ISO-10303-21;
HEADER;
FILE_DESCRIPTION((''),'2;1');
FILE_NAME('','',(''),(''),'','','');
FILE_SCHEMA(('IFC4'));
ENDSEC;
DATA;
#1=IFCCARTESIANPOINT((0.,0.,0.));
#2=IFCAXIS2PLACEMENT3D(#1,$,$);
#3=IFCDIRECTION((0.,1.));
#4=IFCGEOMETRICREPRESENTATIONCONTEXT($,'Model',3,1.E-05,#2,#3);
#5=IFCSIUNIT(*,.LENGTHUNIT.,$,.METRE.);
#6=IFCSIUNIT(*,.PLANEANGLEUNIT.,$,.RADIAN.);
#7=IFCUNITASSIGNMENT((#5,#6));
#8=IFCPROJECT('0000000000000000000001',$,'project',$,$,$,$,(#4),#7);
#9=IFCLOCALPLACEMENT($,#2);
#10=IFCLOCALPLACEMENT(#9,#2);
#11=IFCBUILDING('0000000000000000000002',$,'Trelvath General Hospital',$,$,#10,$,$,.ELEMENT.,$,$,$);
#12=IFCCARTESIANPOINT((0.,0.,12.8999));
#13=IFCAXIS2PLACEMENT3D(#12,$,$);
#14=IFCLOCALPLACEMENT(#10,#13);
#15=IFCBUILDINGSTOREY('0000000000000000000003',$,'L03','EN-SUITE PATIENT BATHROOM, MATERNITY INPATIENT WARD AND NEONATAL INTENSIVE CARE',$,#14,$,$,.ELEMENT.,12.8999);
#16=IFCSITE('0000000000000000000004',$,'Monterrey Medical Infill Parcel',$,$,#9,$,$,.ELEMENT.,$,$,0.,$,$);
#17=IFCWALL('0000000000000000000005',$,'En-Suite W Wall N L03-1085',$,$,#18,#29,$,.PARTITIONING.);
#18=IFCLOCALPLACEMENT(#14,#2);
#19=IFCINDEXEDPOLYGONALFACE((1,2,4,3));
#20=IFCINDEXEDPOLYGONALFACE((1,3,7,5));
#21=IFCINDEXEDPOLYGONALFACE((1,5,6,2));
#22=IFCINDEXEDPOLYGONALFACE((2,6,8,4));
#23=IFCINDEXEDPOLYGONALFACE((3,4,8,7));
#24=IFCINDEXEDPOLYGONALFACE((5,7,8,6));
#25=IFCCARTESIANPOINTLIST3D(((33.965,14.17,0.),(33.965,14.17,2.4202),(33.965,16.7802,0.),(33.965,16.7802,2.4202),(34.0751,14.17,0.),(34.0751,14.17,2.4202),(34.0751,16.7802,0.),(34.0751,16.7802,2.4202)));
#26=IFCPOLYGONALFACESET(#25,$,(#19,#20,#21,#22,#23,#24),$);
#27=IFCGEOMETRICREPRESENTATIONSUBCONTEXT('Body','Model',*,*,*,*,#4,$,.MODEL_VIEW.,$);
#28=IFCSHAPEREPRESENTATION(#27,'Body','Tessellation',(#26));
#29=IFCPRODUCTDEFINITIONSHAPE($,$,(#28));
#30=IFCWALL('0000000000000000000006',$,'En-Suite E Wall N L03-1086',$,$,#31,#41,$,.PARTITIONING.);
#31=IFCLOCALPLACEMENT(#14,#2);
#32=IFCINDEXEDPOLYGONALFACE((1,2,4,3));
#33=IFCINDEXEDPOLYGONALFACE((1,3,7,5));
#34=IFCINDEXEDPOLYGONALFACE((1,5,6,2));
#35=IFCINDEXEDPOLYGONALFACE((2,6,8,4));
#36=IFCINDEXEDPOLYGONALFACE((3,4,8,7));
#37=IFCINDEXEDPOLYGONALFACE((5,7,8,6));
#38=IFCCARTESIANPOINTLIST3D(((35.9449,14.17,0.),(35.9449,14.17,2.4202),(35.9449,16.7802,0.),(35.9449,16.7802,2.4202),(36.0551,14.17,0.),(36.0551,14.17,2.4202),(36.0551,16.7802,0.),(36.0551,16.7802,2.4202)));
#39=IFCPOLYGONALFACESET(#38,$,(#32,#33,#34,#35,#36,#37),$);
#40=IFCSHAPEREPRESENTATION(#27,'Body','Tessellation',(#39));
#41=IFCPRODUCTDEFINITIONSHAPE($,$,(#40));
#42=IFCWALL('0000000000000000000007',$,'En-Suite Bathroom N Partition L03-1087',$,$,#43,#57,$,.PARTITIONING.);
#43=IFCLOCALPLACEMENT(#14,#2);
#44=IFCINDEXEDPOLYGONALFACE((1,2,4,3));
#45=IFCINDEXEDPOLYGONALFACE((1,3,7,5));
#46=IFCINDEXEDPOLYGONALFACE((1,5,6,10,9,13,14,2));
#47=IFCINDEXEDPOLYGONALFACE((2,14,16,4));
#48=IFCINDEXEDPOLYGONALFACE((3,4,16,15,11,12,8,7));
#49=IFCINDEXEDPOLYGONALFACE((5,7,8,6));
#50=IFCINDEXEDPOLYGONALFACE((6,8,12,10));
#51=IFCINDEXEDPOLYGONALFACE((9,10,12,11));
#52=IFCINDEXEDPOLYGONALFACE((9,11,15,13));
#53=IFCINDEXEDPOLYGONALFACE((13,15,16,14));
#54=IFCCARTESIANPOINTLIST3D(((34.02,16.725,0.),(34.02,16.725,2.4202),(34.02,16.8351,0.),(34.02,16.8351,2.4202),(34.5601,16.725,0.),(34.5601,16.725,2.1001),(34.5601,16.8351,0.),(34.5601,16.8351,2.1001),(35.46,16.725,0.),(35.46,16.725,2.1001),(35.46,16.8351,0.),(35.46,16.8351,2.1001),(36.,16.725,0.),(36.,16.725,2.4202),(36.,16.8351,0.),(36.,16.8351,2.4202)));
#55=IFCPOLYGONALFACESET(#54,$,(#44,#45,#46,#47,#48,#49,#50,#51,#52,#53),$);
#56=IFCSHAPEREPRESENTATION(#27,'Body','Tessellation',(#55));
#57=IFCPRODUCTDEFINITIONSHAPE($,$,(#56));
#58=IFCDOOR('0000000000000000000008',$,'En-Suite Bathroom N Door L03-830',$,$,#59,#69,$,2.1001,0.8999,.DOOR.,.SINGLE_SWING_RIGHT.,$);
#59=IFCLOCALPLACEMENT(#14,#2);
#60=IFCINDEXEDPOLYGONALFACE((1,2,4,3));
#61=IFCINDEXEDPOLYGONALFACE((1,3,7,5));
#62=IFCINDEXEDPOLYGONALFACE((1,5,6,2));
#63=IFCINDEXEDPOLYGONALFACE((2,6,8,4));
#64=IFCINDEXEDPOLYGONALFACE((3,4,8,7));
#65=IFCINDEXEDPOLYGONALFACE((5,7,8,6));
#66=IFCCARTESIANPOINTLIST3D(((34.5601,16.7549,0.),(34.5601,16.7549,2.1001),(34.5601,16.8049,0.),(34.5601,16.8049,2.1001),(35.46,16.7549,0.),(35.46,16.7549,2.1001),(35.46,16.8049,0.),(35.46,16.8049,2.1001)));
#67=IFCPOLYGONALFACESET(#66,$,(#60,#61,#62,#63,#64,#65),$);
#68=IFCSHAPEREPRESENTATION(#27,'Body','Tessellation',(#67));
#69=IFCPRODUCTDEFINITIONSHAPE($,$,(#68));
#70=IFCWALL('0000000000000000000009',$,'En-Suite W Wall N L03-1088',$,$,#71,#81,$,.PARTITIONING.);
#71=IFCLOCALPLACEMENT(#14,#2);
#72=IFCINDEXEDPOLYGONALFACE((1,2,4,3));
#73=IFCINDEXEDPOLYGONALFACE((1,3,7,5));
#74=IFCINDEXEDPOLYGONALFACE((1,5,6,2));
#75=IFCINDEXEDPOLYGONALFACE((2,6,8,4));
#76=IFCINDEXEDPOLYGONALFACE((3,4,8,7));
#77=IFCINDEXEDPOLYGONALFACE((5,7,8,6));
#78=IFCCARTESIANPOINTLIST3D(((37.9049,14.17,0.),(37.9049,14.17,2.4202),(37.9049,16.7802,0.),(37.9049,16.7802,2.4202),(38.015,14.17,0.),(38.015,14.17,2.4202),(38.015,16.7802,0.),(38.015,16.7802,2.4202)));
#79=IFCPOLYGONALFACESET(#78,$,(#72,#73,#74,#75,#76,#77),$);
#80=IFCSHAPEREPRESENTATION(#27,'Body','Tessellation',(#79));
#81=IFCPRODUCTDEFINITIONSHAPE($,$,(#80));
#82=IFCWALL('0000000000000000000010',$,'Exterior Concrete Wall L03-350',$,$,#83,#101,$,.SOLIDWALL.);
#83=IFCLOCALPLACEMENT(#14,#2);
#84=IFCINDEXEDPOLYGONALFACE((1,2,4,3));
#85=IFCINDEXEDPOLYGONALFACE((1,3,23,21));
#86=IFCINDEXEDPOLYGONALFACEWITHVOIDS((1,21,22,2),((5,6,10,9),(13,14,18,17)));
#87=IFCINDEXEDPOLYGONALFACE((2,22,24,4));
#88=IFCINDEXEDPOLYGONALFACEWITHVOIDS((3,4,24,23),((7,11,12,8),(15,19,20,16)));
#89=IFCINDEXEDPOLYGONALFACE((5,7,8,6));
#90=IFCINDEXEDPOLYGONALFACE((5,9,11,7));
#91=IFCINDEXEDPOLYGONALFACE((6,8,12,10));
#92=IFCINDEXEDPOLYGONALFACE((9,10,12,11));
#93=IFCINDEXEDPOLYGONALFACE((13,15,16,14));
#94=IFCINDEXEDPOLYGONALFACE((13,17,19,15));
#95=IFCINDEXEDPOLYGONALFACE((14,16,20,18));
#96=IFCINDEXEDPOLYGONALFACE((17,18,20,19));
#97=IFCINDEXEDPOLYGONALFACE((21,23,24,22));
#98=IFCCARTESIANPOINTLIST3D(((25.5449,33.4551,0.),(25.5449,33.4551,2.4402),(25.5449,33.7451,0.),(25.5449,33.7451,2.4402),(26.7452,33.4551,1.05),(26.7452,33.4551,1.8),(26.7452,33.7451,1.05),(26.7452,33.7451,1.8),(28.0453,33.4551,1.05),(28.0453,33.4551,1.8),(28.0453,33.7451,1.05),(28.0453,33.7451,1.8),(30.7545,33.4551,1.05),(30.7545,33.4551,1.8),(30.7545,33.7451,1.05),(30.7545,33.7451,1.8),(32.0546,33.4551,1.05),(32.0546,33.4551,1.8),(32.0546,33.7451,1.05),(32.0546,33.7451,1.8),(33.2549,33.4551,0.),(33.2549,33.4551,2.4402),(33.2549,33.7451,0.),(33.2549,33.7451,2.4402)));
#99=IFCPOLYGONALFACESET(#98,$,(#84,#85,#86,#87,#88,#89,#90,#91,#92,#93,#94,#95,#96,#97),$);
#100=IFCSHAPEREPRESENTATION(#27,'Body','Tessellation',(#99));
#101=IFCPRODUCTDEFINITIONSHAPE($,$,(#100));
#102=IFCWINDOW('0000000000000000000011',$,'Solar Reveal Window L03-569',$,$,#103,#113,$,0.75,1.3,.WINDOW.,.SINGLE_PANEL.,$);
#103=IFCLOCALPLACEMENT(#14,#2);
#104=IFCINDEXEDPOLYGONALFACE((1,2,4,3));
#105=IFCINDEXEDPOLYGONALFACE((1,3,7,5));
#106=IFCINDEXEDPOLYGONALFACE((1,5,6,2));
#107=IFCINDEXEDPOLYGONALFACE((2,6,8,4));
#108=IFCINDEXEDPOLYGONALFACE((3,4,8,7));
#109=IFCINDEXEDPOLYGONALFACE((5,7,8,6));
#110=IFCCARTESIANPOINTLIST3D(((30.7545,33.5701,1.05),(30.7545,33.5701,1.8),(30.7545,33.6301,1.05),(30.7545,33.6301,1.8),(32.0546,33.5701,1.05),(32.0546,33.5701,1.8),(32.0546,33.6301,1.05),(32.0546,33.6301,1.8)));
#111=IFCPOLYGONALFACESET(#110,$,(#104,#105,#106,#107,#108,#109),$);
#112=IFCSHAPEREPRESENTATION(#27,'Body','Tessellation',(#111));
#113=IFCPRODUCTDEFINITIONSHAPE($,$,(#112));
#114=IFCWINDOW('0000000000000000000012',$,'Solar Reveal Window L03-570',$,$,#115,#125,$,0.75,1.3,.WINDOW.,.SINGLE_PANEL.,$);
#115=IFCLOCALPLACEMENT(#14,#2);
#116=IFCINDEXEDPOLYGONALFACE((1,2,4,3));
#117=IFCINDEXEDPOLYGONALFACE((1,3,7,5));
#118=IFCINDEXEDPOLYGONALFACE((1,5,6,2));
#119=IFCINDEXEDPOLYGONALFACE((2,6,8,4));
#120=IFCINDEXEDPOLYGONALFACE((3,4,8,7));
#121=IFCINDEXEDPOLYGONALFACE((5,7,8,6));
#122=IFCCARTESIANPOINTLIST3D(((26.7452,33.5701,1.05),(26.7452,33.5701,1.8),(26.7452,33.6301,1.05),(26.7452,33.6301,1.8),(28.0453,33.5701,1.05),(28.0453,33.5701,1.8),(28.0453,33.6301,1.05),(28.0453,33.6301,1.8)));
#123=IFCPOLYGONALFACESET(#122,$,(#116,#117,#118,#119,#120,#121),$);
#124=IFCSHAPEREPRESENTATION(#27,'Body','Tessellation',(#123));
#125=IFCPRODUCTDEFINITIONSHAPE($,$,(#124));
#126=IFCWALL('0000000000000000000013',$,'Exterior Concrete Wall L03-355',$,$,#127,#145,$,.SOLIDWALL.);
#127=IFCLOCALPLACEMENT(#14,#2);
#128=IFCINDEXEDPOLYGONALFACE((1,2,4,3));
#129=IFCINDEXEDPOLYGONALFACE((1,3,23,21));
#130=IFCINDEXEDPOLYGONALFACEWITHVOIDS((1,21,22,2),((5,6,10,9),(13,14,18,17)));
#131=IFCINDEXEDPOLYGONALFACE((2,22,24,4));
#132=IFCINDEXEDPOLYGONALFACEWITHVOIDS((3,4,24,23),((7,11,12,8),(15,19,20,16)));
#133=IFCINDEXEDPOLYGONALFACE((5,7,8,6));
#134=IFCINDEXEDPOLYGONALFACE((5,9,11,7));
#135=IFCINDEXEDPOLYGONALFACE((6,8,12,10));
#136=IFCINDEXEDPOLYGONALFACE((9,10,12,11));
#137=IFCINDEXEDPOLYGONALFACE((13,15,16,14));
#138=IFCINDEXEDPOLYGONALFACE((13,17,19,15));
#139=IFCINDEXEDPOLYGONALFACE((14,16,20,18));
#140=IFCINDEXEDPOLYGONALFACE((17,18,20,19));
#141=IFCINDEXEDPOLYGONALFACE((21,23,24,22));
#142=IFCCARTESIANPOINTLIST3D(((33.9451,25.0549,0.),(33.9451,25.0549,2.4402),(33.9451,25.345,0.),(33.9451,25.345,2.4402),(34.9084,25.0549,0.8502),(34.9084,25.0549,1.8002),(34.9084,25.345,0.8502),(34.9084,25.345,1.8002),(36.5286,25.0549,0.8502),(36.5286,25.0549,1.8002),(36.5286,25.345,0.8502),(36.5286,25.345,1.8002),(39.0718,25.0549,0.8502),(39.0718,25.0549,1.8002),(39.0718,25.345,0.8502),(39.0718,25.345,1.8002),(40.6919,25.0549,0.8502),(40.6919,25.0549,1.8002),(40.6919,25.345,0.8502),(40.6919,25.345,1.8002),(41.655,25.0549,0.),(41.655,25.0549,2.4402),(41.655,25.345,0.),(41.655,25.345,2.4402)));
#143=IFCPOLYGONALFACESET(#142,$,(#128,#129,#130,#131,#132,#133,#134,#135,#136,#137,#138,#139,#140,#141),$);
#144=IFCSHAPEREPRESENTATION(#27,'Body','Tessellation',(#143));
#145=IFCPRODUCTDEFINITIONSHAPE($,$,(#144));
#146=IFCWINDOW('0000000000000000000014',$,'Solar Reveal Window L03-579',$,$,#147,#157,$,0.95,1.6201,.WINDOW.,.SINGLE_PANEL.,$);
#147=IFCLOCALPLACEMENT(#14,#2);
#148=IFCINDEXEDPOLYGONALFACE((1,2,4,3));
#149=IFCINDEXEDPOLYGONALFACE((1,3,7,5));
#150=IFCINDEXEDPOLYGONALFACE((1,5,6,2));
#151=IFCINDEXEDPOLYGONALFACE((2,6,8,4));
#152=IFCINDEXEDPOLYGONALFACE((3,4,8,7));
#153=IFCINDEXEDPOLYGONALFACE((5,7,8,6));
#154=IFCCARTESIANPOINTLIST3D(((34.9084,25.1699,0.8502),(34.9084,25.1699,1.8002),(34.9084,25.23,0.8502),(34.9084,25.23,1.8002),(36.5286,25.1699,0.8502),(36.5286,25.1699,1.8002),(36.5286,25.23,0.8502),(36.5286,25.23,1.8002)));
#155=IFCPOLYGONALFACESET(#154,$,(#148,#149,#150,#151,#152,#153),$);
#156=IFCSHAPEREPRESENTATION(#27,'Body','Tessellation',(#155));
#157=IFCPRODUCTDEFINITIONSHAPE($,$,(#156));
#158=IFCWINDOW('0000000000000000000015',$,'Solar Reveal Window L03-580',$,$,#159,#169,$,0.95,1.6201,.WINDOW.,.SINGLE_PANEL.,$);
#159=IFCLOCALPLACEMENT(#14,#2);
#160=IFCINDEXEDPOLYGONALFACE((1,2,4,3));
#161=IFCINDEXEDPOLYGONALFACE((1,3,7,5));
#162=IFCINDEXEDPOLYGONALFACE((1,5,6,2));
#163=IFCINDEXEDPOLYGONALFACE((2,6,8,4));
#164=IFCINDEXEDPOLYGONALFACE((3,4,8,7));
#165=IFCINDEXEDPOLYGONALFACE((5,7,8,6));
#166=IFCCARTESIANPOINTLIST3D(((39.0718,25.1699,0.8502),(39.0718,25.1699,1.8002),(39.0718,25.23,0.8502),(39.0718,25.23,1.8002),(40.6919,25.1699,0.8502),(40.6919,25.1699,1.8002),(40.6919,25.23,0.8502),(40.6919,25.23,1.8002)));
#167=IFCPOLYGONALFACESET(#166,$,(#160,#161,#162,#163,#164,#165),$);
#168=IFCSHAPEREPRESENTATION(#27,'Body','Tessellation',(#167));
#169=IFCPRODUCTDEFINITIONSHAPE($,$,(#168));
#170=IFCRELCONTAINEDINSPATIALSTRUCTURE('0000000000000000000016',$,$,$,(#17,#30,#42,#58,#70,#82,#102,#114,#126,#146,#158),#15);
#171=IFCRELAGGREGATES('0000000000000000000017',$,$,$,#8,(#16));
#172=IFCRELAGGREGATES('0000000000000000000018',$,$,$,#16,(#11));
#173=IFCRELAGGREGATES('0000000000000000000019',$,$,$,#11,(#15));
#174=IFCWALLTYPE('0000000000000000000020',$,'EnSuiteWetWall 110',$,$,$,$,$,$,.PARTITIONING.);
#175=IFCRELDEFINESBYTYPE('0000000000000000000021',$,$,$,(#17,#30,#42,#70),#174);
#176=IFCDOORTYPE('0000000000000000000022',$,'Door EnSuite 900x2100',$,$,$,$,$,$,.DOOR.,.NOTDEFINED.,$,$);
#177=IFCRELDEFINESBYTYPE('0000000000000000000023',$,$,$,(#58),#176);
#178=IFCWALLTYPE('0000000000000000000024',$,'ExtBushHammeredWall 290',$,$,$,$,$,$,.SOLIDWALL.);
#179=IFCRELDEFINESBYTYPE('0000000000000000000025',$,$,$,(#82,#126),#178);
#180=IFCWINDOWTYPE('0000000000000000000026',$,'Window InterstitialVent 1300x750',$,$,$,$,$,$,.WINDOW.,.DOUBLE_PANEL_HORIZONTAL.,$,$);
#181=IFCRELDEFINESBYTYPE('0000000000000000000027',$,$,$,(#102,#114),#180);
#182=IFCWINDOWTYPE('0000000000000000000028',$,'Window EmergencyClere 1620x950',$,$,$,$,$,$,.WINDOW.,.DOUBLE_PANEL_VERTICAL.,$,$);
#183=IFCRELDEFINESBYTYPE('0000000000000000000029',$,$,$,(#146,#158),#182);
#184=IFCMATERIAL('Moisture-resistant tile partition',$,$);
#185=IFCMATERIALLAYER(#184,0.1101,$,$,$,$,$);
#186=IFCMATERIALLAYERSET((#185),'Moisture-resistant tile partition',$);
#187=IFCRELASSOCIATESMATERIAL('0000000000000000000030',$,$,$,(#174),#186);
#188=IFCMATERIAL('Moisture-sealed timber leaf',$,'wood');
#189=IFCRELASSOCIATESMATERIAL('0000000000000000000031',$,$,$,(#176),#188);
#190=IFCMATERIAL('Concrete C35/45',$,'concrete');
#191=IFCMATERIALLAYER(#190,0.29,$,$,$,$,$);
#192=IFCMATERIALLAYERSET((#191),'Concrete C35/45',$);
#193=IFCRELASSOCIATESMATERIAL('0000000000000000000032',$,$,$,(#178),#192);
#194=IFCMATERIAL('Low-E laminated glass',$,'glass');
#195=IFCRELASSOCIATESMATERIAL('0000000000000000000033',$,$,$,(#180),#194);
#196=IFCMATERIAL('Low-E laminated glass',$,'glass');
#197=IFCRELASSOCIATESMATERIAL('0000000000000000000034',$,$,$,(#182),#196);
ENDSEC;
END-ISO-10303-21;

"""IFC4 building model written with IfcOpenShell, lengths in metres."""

from ifc_helpers import new_model, si_unit, direction, frame, frame_2d, origin, place, context, subcontext, project, spatial, rectangle, extrude, material, layer, layer_set, type_object, element, fill, save


model = new_model("IFC4")

# Units and contexts
model_context = context("Model", 3, precision=1e-05, world=origin(), true_north=direction((0.0, 1.0)))
body_context = subcontext(model_context, "Body", "Model", "MODEL_VIEW")
ifc_project = project(units=[si_unit("LENGTHUNIT", "METRE"), si_unit("PLANEANGLEUNIT", "RADIAN")], contexts=[model_context])

# Site, building, storey
site_placement = place(None, origin())
site = spatial("IfcSite", under=ifc_project, at=site_placement, Name="Monterrey Medical Infill Parcel", CompositionType="ELEMENT", RefElevation=0.0)
building_placement = place(site_placement, origin())
building = spatial("IfcBuilding", under=site, at=building_placement, Name="Trelvath General Hospital", CompositionType="ELEMENT")
storey_placement = place(building_placement, frame((0.0, 0.0, 12.8999)))
storey = spatial("IfcBuildingStorey", under=building, at=storey_placement, Name="L03", Description="EN-SUITE PATIENT BATHROOM, MATERNITY INPATIENT WARD AND NEONATAL INTENSIVE CARE", CompositionType="ELEMENT", Elevation=12.8999)

# Walls
ifc_material_1 = material(Name="Moisture-resistant tile partition")
ifc_layer_1 = layer(ifc_material_1, 0.1101)
ifc_layer_set_1 = layer_set([ifc_layer_1], Name="Moisture-resistant tile partition")
wall_type_1 = type_object("IfcWallType", Name="EnSuiteWetWall 110", PredefinedType="PARTITIONING", material=ifc_layer_set_1)
for number, where, z_axis, x_axis, name in (
    (1, (34.02, 14.1699, 0.0), (0.0, 0.0, 1.0), (0.0, 1.0, 0.0), "En-Suite W Wall N L03-1085"),
    (2, (36.0, 14.1699, 0.0), (0.0, 0.0, 1.0), (0.0, 1.0, 0.0), "En-Suite E Wall N L03-1086"),
):
    element("IfcWall", number, at=place(storey_placement, frame(where, z_axis=z_axis, x_axis=x_axis)), inside=storey, type_object=wall_type_1, Name=name, PredefinedType="PARTITIONING", context=body_context, shape_type="SweptSolid", body=[
        extrude(rectangle(XDim=2.6101, YDim=0.1101, at=frame_2d((1.3052, 0.0))), origin(), (0.0, 0.0, 1.0), 2.4202),
    ])

# Wall, opening, door
wall_1_placement = place(storey_placement, frame((34.02, 16.78, 0.0), z_axis=(0.0, 0.0, 1.0), x_axis=(1.0, 0.0, 0.0)))
wall_1 = element("IfcWall", 3, at=wall_1_placement, inside=storey, type_object=wall_type_1, Name="En-Suite Bathroom N Partition L03-1087", PredefinedType="PARTITIONING", context=body_context, shape_type="SweptSolid", body=[
    extrude(rectangle(XDim=1.98, YDim=0.1101, at=frame_2d((0.99, 0.0))), origin(), (0.0, 0.0, 1.0), 2.4202),
])
opening_1_placement = place(wall_1_placement, frame((0.54, 0.0, 0.0)))
opening_1 = element("IfcOpeningElement", 4, at=opening_1_placement, cuts=wall_1, PredefinedType="OPENING", context=body_context, shape_type="SweptSolid", body=[
    extrude(rectangle(XDim=0.8999, YDim=2.1001, at=frame_2d((0.45, 1.05))), frame((0.0, 0.0649, 0.0), z_axis=(0.0, -1.0, 0.0), x_axis=(1.0, 0.0, 0.0)), (0.0, 0.0, 1.0), 0.1301),
])
ifc_material_2 = material(Name="Moisture-sealed timber leaf", Category="wood")
door_type = type_object("IfcDoorType", Name="Door EnSuite 900x2100", OperationType="NOTDEFINED", PredefinedType="DOOR", material=ifc_material_2)
door_placement = place(opening_1_placement, origin())
door = element("IfcDoor", 5, at=door_placement, inside=storey, type_object=door_type, Name="En-Suite Bathroom N Door L03-830", OperationType="SINGLE_SWING_RIGHT", OverallHeight=2.1001, OverallWidth=0.8999, PredefinedType="DOOR", context=body_context, shape_type="SweptSolid", body=[
    extrude(rectangle(XDim=0.8999, YDim=2.1001, at=frame_2d((0.45, 1.05))), frame((0.0, 0.0249, 0.0), z_axis=(0.0, -1.0, 0.0), x_axis=(1.0, 0.0, 0.0)), (0.0, 0.0, 1.0), 0.05),
])
fill(opening_1, door)

# Wall
wall_2_placement = place(storey_placement, frame((37.96, 14.1699, 0.0), z_axis=(0.0, 0.0, 1.0), x_axis=(0.0, 1.0, 0.0)))
element("IfcWall", 6, at=wall_2_placement, inside=storey, type_object=wall_type_1, Name="En-Suite W Wall N L03-1088", PredefinedType="PARTITIONING", context=body_context, shape_type="SweptSolid", body=[
    extrude(rectangle(XDim=2.6101, YDim=0.1101, at=frame_2d((1.3052, 0.0))), origin(), (0.0, 0.0, 1.0), 2.4202),
])

# Walls, openings, windows
ifc_material_3 = material(Name="Concrete C35/45", Category="concrete")
ifc_layer_2 = layer(ifc_material_3, 0.29)
ifc_layer_set_2 = layer_set([ifc_layer_2], Name="Concrete C35/45")
wall_type_2 = type_object("IfcWallType", Name="ExtBushHammeredWall 290", PredefinedType="SOLIDWALL", material=ifc_layer_set_2)
wall_3_placement = place(storey_placement, frame((33.2549, 33.6001, 0.0), z_axis=(0.0, 0.0, 1.0), x_axis=(-1.0, 0.0, 0.0)))
wall_3 = element("IfcWall", 7, at=wall_3_placement, inside=storey, type_object=wall_type_2, Name="Exterior Concrete Wall L03-350", PredefinedType="SOLIDWALL", context=body_context, shape_type="SweptSolid", body=[
    extrude(rectangle(XDim=7.71, YDim=0.29, at=frame_2d((3.855, 0.0))), origin(), (0.0, 0.0, 1.0), 2.4402),
])
opening_2_placement = place(wall_3_placement, frame((1.2004, 0.0, 1.05)))
opening_2 = element("IfcOpeningElement", 8, at=opening_2_placement, cuts=wall_3, PredefinedType="OPENING", context=body_context, shape_type="SweptSolid", body=[
    extrude(rectangle(XDim=1.3, YDim=0.75, at=frame_2d((0.6499, 0.375))), frame((0.0, 0.155, 0.0), z_axis=(0.0, -1.0, 0.0), x_axis=(1.0, 0.0, 0.0)), (0.0, 0.0, 1.0), 0.3101),
])
opening_3_placement = place(wall_3_placement, frame((5.2097, 0.0, 1.05)))
opening_3 = element("IfcOpeningElement", 9, at=opening_3_placement, cuts=wall_3, PredefinedType="OPENING", context=body_context, shape_type="SweptSolid", body=[
    extrude(rectangle(XDim=1.3, YDim=0.75, at=frame_2d((0.6499, 0.375))), frame((0.0, 0.155, 0.0), z_axis=(0.0, -1.0, 0.0), x_axis=(1.0, 0.0, 0.0)), (0.0, 0.0, 1.0), 0.3101),
])
ifc_material_4 = material(Name="Low-E laminated glass", Category="glass")
window_type_1 = type_object("IfcWindowType", Name="Window InterstitialVent 1300x750", PartitioningType="DOUBLE_PANEL_HORIZONTAL", PredefinedType="WINDOW", material=ifc_material_4)
window_1_placement = place(opening_2_placement, origin())
window_1 = element("IfcWindow", 10, at=window_1_placement, inside=storey, type_object=window_type_1, Name="Solar Reveal Window L03-569", OverallHeight=0.75, OverallWidth=1.3, PartitioningType="SINGLE_PANEL", PredefinedType="WINDOW", context=body_context, shape_type="SweptSolid", body=[
    extrude(rectangle(XDim=1.3, YDim=0.75, at=frame_2d((0.6499, 0.375))), frame((0.0, 0.03, 0.0), z_axis=(0.0, -1.0, 0.0), x_axis=(1.0, 0.0, 0.0)), (0.0, 0.0, 1.0), 0.0601),
])
fill(opening_2, window_1)
window_2_placement = place(opening_3_placement, origin())
window_2 = element("IfcWindow", 11, at=window_2_placement, inside=storey, type_object=window_type_1, Name="Solar Reveal Window L03-570", OverallHeight=0.75, OverallWidth=1.3, PartitioningType="SINGLE_PANEL", PredefinedType="WINDOW", context=body_context, shape_type="SweptSolid", body=[
    extrude(rectangle(XDim=1.3, YDim=0.75, at=frame_2d((0.6499, 0.375))), frame((0.0, 0.03, 0.0), z_axis=(0.0, -1.0, 0.0), x_axis=(1.0, 0.0, 0.0)), (0.0, 0.0, 1.0), 0.0601),
])
fill(opening_3, window_2)
wall_4_placement = place(storey_placement, frame((33.9451, 25.2, 0.0), z_axis=(0.0, 0.0, 1.0), x_axis=(1.0, 0.0, 0.0)))
wall_4 = element("IfcWall", 12, at=wall_4_placement, inside=storey, type_object=wall_type_2, Name="Exterior Concrete Wall L03-355", PredefinedType="SOLIDWALL", context=body_context, shape_type="SweptSolid", body=[
    extrude(rectangle(XDim=7.71, YDim=0.29, at=frame_2d((3.855, 0.0))), origin(), (0.0, 0.0, 1.0), 2.4402),
])
opening_4_placement = place(wall_4_placement, frame((0.9634, 0.0, 0.8501)))
opening_4 = element("IfcOpeningElement", 13, at=opening_4_placement, cuts=wall_4, PredefinedType="OPENING", context=body_context, shape_type="SweptSolid", body=[
    extrude(rectangle(XDim=1.6201, YDim=0.95, at=frame_2d((0.8101, 0.4751))), frame((0.0, 0.155, 0.0), z_axis=(0.0, -1.0, 0.0), x_axis=(1.0, 0.0, 0.0)), (0.0, 0.0, 1.0), 0.3101),
])
opening_5_placement = place(wall_4_placement, frame((5.1267, 0.0, 0.8501)))
opening_5 = element("IfcOpeningElement", 14, at=opening_5_placement, cuts=wall_4, PredefinedType="OPENING", context=body_context, shape_type="SweptSolid", body=[
    extrude(rectangle(XDim=1.6201, YDim=0.95, at=frame_2d((0.8101, 0.4751))), frame((0.0, 0.155, 0.0), z_axis=(0.0, -1.0, 0.0), x_axis=(1.0, 0.0, 0.0)), (0.0, 0.0, 1.0), 0.3101),
])
ifc_material_5 = material(Name="Low-E laminated glass", Category="glass")
window_type_2 = type_object("IfcWindowType", Name="Window EmergencyClere 1620x950", PartitioningType="DOUBLE_PANEL_VERTICAL", PredefinedType="WINDOW", material=ifc_material_5)
window_3_placement = place(opening_4_placement, origin())
window_3 = element("IfcWindow", 15, at=window_3_placement, inside=storey, type_object=window_type_2, Name="Solar Reveal Window L03-579", OverallHeight=0.95, OverallWidth=1.6201, PartitioningType="SINGLE_PANEL", PredefinedType="WINDOW", context=body_context, shape_type="SweptSolid", body=[
    extrude(rectangle(XDim=1.6201, YDim=0.95, at=frame_2d((0.8101, 0.4751))), frame((0.0, 0.03, 0.0), z_axis=(0.0, -1.0, 0.0), x_axis=(1.0, 0.0, 0.0)), (0.0, 0.0, 1.0), 0.0601),
])
fill(opening_4, window_3)
window_4_placement = place(opening_5_placement, origin())
window_4 = element("IfcWindow", 16, at=window_4_placement, inside=storey, type_object=window_type_2, Name="Solar Reveal Window L03-580", OverallHeight=0.95, OverallWidth=1.6201, PartitioningType="SINGLE_PANEL", PredefinedType="WINDOW", context=body_context, shape_type="SweptSolid", body=[
    extrude(rectangle(XDim=1.6201, YDim=0.95, at=frame_2d((0.8101, 0.4751))), frame((0.0, 0.03, 0.0), z_axis=(0.0, -1.0, 0.0), x_axis=(1.0, 0.0, 0.0)), (0.0, 0.0, 1.0), 0.0601),
])
fill(opening_5, window_4)

save(model, "model.ifc")
